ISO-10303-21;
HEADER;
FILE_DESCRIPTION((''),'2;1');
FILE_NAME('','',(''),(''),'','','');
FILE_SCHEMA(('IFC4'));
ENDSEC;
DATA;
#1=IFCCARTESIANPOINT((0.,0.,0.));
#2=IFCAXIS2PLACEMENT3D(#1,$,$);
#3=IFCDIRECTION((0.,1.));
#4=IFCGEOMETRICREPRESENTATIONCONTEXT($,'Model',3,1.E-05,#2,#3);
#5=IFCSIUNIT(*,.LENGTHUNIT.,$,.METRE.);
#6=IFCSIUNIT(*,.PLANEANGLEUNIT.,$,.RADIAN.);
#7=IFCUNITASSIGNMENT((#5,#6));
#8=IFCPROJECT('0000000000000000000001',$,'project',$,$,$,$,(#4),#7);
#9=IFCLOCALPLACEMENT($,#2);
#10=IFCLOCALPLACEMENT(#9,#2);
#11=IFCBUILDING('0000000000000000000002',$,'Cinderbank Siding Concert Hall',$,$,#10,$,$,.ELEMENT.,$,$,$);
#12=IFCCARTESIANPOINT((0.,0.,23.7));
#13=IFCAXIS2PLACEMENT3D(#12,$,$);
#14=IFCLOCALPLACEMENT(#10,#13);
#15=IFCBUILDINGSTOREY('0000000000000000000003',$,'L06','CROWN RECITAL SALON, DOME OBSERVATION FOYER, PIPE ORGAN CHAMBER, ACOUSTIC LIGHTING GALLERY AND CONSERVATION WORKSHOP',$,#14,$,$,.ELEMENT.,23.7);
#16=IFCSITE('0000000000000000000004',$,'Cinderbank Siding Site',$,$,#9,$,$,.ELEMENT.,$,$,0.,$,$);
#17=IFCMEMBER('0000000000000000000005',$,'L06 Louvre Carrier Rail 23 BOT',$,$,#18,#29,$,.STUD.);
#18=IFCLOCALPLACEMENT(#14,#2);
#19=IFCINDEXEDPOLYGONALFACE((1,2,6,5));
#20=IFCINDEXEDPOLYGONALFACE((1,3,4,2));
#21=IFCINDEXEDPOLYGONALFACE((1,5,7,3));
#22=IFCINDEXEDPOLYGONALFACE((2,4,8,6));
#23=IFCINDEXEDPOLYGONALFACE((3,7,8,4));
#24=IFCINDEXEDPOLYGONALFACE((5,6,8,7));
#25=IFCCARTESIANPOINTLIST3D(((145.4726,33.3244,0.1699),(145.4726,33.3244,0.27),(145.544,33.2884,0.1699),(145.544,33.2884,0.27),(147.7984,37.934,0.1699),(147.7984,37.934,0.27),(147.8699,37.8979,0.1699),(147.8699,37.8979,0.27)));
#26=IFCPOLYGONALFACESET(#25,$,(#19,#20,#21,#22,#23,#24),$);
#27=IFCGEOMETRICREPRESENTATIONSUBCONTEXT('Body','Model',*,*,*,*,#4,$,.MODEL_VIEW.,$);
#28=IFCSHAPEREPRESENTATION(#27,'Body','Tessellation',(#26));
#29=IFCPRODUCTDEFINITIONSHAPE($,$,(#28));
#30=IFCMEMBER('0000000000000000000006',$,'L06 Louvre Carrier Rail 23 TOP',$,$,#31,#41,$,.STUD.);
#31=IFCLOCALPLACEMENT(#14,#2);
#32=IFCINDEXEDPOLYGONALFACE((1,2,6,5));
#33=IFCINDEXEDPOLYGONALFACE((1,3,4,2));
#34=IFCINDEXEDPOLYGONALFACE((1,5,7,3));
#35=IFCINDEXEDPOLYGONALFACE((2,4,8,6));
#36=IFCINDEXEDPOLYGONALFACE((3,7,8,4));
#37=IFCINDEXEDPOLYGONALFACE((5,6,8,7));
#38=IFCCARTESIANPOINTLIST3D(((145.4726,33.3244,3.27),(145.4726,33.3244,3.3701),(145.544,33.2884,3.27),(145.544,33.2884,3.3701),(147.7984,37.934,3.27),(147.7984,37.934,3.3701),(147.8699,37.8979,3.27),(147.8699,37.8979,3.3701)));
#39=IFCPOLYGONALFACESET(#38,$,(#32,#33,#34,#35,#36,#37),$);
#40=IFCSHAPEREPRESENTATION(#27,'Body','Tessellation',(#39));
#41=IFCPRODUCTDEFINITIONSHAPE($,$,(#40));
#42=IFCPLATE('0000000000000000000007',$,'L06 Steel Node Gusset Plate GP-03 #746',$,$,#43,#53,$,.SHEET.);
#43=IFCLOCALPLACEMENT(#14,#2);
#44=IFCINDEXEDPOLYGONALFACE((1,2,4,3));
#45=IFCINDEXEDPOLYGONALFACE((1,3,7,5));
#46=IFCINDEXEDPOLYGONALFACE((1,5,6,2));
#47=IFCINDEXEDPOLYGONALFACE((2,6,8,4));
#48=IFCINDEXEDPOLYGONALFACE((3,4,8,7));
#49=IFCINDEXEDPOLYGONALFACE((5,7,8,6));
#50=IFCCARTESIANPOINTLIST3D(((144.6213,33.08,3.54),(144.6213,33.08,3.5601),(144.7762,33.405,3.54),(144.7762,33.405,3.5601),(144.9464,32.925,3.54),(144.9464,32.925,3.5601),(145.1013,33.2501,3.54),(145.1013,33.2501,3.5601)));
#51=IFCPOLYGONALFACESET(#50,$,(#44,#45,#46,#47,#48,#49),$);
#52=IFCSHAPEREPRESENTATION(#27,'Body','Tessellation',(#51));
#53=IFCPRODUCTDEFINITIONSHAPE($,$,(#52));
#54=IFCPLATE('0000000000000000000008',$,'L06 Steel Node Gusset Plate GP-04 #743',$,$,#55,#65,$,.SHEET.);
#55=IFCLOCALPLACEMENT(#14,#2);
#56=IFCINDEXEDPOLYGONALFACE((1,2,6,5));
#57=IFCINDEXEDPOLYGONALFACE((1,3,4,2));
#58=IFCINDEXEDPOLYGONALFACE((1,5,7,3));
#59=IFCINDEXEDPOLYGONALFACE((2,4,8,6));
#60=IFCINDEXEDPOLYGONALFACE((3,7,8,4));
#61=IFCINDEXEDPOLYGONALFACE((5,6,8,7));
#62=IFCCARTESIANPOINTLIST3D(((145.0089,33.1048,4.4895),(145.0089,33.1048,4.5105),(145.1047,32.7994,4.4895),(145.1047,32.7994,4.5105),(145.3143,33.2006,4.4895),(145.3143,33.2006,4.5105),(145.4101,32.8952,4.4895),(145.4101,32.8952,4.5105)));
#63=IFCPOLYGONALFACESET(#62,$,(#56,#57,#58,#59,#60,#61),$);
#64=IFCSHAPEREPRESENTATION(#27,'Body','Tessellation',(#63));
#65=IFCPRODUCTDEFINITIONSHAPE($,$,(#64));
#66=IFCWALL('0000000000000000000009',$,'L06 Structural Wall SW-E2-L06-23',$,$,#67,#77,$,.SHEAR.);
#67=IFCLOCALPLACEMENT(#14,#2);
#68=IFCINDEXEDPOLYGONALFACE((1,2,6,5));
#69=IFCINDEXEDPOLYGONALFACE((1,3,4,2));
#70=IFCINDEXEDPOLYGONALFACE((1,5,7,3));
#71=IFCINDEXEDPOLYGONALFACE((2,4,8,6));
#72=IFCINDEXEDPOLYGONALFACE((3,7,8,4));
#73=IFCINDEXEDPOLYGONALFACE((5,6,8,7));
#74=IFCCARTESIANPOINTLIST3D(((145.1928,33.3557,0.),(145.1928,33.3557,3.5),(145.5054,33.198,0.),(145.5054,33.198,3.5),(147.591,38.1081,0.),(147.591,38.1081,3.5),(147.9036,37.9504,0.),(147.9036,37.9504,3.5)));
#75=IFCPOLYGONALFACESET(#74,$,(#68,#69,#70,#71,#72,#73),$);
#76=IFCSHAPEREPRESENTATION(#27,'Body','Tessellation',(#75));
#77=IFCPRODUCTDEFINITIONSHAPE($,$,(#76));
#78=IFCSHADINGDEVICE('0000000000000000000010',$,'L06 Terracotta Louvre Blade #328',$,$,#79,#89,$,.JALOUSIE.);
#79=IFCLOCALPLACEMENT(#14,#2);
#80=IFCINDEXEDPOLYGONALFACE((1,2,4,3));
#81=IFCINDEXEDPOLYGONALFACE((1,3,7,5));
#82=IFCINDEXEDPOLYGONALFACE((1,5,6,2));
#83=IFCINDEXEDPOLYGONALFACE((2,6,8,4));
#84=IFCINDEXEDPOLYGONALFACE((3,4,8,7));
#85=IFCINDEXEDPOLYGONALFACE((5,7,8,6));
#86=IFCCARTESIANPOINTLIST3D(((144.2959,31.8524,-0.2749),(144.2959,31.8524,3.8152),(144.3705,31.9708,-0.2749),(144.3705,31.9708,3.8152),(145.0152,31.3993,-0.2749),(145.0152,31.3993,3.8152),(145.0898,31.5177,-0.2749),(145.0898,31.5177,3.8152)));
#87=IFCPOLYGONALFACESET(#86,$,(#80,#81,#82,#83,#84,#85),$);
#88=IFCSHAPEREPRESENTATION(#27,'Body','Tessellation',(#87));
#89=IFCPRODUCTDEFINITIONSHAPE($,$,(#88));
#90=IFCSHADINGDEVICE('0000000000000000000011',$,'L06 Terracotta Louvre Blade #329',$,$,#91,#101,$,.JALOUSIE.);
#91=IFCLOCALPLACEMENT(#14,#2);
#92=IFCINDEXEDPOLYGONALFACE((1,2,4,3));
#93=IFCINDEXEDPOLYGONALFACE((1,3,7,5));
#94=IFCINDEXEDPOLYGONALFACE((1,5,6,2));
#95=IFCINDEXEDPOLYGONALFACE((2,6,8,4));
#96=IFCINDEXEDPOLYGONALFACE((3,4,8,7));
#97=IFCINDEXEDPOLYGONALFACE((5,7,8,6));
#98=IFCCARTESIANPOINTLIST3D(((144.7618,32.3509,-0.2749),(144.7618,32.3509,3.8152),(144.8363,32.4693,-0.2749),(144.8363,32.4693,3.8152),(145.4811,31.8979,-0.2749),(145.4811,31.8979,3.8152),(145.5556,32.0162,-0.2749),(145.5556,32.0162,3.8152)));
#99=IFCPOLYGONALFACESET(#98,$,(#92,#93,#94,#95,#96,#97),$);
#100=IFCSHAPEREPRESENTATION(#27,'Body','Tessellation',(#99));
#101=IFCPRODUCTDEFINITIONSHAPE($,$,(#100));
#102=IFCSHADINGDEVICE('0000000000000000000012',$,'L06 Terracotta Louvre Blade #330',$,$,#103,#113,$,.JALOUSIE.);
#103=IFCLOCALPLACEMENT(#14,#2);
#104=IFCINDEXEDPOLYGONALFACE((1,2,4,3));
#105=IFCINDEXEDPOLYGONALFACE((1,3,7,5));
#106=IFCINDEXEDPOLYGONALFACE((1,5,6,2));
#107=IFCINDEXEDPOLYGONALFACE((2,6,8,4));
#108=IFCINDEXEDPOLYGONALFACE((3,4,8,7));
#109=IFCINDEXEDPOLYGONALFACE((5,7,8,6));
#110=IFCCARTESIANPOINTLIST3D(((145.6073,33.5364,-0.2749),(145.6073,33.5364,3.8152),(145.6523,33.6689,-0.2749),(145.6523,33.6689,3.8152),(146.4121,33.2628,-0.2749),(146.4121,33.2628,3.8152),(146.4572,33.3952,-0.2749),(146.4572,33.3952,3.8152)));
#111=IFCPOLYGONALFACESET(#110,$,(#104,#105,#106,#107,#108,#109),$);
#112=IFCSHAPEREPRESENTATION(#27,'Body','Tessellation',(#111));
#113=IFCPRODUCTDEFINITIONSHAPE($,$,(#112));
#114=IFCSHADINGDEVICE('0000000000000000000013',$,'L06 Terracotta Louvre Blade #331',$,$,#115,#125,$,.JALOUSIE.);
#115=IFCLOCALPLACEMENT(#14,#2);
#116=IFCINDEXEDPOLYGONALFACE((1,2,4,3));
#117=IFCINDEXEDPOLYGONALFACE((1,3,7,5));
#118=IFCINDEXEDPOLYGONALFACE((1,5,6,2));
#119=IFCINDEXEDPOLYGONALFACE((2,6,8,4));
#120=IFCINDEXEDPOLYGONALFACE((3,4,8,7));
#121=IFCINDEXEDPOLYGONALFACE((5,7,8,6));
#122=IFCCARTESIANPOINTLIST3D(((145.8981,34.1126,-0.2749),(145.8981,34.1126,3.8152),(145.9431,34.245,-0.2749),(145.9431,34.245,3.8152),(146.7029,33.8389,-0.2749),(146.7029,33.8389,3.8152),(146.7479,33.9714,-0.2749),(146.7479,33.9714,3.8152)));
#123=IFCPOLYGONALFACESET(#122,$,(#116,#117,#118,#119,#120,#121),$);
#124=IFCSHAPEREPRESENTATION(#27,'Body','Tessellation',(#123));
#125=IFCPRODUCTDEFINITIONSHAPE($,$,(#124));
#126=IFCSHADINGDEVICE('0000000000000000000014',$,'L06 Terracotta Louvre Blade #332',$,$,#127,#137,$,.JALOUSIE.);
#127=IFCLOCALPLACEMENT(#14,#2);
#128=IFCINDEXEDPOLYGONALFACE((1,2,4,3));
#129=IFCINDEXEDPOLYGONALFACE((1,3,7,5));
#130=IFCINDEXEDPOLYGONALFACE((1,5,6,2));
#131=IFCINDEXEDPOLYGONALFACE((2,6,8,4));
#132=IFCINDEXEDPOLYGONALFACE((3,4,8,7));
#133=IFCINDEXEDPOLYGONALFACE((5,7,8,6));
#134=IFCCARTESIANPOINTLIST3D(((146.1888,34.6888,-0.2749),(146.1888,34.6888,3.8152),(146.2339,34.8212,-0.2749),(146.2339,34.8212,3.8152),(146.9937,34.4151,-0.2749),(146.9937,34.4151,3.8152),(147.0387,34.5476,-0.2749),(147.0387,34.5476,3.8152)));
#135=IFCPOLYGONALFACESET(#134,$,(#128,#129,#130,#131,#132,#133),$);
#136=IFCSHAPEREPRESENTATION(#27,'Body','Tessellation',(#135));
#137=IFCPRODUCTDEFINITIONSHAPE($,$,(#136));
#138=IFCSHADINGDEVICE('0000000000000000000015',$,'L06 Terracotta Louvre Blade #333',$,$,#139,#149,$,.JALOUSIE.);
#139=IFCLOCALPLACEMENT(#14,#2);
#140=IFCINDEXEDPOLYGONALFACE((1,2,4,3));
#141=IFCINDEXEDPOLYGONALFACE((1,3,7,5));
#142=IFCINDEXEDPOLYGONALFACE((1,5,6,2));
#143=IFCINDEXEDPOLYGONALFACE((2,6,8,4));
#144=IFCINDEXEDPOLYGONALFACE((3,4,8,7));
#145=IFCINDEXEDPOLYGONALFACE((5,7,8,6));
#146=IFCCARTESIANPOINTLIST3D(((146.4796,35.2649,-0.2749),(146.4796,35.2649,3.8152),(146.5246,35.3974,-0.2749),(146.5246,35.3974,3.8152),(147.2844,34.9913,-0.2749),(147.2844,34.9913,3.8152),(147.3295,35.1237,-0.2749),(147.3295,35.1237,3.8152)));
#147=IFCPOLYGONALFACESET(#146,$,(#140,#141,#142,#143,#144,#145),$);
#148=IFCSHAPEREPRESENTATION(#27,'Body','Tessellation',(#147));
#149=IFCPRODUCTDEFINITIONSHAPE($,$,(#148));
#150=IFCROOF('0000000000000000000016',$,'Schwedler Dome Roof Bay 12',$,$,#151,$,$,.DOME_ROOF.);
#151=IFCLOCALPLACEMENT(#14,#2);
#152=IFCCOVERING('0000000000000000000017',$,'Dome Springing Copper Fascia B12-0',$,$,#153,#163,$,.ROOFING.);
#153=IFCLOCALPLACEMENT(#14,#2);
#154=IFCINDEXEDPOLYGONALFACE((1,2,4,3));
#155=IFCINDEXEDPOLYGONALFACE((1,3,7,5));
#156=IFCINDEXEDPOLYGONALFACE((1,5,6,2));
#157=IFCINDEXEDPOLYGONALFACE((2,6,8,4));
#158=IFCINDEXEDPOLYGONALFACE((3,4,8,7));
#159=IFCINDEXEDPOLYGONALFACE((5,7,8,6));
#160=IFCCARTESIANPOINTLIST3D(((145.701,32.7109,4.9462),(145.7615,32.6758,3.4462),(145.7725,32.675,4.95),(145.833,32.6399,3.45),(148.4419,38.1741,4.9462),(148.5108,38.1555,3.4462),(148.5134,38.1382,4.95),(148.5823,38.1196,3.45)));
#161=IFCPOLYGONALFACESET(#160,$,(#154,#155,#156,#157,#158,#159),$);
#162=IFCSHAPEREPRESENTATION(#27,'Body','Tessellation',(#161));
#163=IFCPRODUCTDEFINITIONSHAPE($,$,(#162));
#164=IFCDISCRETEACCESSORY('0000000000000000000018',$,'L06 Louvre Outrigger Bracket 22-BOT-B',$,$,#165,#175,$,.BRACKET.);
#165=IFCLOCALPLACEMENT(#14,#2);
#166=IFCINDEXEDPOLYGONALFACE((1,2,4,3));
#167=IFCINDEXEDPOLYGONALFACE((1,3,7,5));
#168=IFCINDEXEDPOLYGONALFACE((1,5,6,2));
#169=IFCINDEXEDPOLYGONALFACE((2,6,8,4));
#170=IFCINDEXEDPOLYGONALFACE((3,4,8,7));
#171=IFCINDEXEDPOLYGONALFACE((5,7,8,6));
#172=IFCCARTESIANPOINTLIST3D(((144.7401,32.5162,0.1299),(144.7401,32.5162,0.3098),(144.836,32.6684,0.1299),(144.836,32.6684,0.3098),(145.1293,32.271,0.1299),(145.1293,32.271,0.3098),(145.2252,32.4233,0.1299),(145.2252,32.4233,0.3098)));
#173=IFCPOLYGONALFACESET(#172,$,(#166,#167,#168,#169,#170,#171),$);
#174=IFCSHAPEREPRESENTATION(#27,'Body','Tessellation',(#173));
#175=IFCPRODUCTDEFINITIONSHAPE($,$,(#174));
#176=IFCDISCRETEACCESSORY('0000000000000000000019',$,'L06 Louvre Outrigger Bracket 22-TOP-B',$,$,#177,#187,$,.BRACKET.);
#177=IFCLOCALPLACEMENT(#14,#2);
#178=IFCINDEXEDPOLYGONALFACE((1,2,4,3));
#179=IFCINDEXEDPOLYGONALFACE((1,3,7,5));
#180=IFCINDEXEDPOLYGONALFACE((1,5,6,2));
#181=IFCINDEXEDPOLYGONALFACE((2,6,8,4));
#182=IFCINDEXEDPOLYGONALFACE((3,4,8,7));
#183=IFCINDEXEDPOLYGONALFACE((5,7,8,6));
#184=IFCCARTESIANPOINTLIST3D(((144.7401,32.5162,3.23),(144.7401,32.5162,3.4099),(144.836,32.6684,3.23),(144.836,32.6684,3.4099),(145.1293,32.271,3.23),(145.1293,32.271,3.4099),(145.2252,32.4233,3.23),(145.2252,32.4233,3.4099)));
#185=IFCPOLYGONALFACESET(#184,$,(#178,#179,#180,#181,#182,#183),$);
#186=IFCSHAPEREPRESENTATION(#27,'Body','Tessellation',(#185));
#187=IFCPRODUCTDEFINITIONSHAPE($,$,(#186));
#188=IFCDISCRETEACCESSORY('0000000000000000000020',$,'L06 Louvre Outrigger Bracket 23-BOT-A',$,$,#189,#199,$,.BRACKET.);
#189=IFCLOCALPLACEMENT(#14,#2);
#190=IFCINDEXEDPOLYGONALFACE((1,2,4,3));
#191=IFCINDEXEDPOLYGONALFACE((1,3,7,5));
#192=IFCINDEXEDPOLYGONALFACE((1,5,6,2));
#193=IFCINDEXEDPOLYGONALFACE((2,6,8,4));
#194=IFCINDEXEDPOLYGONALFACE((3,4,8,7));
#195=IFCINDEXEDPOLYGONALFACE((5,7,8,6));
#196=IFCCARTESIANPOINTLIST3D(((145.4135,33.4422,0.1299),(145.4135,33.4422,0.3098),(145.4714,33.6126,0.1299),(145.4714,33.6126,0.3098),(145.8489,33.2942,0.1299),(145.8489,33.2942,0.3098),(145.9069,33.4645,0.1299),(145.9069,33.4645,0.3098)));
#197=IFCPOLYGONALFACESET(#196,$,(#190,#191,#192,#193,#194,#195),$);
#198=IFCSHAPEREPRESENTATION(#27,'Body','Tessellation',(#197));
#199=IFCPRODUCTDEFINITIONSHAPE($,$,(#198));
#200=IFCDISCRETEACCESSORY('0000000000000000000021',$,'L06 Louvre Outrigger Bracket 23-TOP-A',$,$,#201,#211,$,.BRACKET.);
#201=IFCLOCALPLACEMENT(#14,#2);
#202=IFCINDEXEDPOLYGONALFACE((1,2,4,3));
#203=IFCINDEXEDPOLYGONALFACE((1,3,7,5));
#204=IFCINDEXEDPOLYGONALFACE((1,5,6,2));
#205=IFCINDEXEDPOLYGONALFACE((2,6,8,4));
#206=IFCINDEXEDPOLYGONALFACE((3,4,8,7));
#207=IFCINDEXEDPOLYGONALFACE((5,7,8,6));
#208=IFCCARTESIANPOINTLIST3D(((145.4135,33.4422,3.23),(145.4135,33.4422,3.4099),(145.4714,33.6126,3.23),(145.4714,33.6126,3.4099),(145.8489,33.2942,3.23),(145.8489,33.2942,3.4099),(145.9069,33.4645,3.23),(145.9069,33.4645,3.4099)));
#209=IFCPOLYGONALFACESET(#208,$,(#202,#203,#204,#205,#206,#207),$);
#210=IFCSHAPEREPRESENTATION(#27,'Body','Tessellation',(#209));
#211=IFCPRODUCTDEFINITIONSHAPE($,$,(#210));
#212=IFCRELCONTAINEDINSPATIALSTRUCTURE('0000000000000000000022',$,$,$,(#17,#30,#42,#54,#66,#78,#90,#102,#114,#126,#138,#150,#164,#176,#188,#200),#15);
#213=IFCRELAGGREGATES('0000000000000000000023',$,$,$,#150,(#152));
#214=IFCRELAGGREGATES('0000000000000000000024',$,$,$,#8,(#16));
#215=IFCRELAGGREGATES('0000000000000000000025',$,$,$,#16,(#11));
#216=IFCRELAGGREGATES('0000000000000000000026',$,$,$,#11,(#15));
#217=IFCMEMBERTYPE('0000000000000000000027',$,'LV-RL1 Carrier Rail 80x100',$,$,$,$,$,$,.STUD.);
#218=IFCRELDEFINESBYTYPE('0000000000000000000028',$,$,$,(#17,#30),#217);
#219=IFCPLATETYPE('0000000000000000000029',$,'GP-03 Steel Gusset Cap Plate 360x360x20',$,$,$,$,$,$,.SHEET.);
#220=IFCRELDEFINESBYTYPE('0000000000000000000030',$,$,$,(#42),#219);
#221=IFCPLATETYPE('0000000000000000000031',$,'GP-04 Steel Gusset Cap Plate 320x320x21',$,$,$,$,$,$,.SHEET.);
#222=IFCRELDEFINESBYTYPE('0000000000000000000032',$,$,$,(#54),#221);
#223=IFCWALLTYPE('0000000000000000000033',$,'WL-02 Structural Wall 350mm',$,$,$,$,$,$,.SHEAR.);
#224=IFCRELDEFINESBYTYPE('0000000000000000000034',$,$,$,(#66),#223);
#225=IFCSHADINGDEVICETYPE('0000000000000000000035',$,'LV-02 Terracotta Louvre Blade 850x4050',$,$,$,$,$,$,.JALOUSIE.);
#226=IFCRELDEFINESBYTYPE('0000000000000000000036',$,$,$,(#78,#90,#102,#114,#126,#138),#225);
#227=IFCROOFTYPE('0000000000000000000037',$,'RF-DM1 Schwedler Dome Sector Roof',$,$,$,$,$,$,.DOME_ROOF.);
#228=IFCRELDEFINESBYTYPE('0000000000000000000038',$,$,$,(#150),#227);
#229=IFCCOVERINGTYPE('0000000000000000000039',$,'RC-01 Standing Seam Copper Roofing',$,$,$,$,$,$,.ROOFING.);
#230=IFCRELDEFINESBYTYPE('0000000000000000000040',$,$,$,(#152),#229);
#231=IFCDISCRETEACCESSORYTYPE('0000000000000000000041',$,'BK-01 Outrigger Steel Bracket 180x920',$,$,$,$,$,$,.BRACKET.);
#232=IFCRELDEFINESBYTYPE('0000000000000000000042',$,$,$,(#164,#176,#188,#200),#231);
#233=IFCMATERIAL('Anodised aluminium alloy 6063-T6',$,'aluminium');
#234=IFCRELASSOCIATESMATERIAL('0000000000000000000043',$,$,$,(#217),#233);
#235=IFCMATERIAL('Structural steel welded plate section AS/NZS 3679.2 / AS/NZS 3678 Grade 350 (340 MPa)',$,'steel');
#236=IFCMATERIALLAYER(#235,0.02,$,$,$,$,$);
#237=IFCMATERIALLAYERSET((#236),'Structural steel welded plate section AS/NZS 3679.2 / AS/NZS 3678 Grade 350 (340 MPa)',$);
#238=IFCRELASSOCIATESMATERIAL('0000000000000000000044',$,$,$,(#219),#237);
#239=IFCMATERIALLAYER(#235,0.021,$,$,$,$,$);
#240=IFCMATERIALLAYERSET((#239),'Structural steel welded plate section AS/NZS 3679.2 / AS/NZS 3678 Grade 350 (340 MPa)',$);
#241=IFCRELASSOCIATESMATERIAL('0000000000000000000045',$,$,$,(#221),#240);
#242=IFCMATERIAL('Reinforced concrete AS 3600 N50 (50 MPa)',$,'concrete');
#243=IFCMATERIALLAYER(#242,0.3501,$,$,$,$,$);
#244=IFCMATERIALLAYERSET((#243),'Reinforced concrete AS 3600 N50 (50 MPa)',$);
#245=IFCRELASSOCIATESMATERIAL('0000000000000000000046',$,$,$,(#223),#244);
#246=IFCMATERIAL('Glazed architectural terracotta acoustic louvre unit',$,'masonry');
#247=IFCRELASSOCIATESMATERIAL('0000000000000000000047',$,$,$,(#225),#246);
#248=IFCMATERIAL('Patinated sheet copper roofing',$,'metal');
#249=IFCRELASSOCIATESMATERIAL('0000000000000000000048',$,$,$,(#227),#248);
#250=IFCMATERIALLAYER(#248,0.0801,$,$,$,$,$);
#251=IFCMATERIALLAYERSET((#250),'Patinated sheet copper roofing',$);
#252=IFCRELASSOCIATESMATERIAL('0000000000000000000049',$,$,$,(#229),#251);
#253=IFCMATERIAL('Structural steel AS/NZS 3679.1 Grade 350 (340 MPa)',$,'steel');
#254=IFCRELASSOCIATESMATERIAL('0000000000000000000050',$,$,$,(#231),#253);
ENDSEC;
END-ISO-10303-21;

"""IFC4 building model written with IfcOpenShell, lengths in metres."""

from ifc_helpers import new_model, si_unit, direction, frame, frame_2d, origin, origin_2d, place, context, subcontext, project, spatial, polyline, rectangle, outline, extrude, material, layer, layer_set, material_profile, profile_set, type_object, element, aggregate, save


model = new_model("IFC4")

# Units and contexts
model_context = context("Model", 3, precision=1e-05, world=origin(), true_north=direction((0.0, 1.0)))
body_context = subcontext(model_context, "Body", "Model", "MODEL_VIEW")
ifc_project = project(units=[si_unit("LENGTHUNIT", "METRE"), si_unit("PLANEANGLEUNIT", "RADIAN")], contexts=[model_context])

# Site, building, storey
site_placement = place(None, origin())
site = spatial("IfcSite", under=ifc_project, at=site_placement, Name="Cinderbank Siding Site", CompositionType="ELEMENT", RefElevation=0.0)
building_placement = place(site_placement, origin())
building = spatial("IfcBuilding", under=site, at=building_placement, Name="Cinderbank Siding Concert Hall", CompositionType="ELEMENT")
storey_placement = place(building_placement, frame((0.0, 0.0, 23.7)))
storey = spatial("IfcBuildingStorey", under=building, at=storey_placement, Name="L06", Description="CROWN RECITAL SALON, DOME OBSERVATION FOYER, PIPE ORGAN CHAMBER, ACOUSTIC LIGHTING GALLERY AND CONSERVATION WORKSHOP", CompositionType="ELEMENT", Elevation=23.7)

# Shared definitions
ifc_material_1 = material(Name="Reinforced concrete AS 3600 N50 (50 MPa)", Category="concrete")

# Shared definitions
ifc_material_2 = material(Name="Structural steel welded plate section AS/NZS 3679.2 / AS/NZS 3678 Grade 350 (340 MPa)", Category="steel")

# Members
ifc_material_3 = material(Name="Anodised aluminium alloy 6063-T6", Category="aluminium")
ifc_material_profile_1 = material_profile(ifc_material_3, rectangle(XDim=0.0801, YDim=0.1001, at=origin_2d()), Name="ALU-RAIL-80x100", Category="LoadBearing")
ifc_profile_set_1 = profile_set([ifc_material_profile_1], Name="Anodised aluminium alloy 6063-T6")
member_type_1 = type_object("IfcMemberType", Name="LV-RL1 Carrier Rail 80x100", PredefinedType="STUD", material=ifc_profile_set_1)
for number, where, z_axis, x_axis, name in (
    (1, (145.5083, 33.3064, 0.22), (0.450483, 0.892785, 0.0), (-0.892785, 0.450483, 0.0), "L06 Louvre Carrier Rail 23 BOT"),
    (2, (145.5083, 33.3064, 3.3201), (0.450483, 0.892785, 0.0), (-0.892785, 0.450483, 0.0), "L06 Louvre Carrier Rail 23 TOP"),
):
    element("IfcMember", number, at=place(storey_placement, frame(where, z_axis=z_axis, x_axis=x_axis)), inside=storey, type_object=member_type_1, Name=name, PredefinedType="STUD", context=body_context, shape_type="SweptSolid", body=[
        extrude(rectangle(XDim=0.0801, YDim=0.1001, at=origin_2d()), origin(), (0.0, 0.0, 1.0), 5.1631),
    ])

# Plates
ifc_layer_1 = layer(ifc_material_2, 0.02)
ifc_layer_set_1 = layer_set([ifc_layer_1], Name="Structural steel welded plate section AS/NZS 3679.2 / AS/NZS 3678 Grade 350 (340 MPa)")
plate_type_1 = type_object("IfcPlateType", Name="GP-03 Steel Gusset Cap Plate 360x360x20", PredefinedType="SHEET", material=ifc_layer_set_1)
plate_1_placement = place(storey_placement, frame((144.8613, 33.165, 3.54), z_axis=(0.0, 0.0, 1.0), x_axis=(-0.902736, 0.430196, 0.0)))
element("IfcPlate", 3, at=plate_1_placement, inside=storey, type_object=plate_type_1, Name="L06 Steel Node Gusset Plate GP-03 #746", PredefinedType="SHEET", context=body_context, shape_type="SweptSolid", body=[
    extrude(rectangle(XDim=0.3601, YDim=0.3601, at=origin_2d()), origin(), (0.0, 0.0, 1.0), 0.02),
])
ifc_layer_2 = layer(ifc_material_2, 0.021)
ifc_layer_set_2 = layer_set([ifc_layer_2], Name="Structural steel welded plate section AS/NZS 3679.2 / AS/NZS 3678 Grade 350 (340 MPa)")
plate_type_2 = type_object("IfcPlateType", Name="GP-04 Steel Gusset Cap Plate 320x320x21", PredefinedType="SHEET", material=ifc_layer_set_2)
plate_2_placement = place(storey_placement, frame((145.2095, 33.0, 4.4895), z_axis=(0.0, 0.0, 1.0), x_axis=(-0.954188, -0.299207, 0.0)))
element("IfcPlate", 4, at=plate_2_placement, inside=storey, type_object=plate_type_2, Name="L06 Steel Node Gusset Plate GP-04 #743", PredefinedType="SHEET", context=body_context, shape_type="SweptSolid", body=[
    extrude(rectangle(XDim=0.3201, YDim=0.3201, at=origin_2d()), origin(), (0.0, 0.0, 1.0), 0.021),
])

# Wall
ifc_layer_3 = layer(ifc_material_1, 0.3501)
ifc_layer_set_3 = layer_set([ifc_layer_3], Name="Reinforced concrete AS 3600 N50 (50 MPa)")
wall_type = type_object("IfcWallType", Name="WL-02 Structural Wall 350mm", PredefinedType="SHEAR", material=ifc_layer_set_3)
wall_placement = place(storey_placement, frame((145.3491, 33.2769, 0.0), z_axis=(0.0, 0.0, 1.0), x_axis=(0.450513, 0.89277, 0.0)))
element("IfcWall", 5, at=wall_placement, inside=storey, type_object=wall_type, Name="L06 Structural Wall SW-E2-L06-23", PredefinedType="SHEAR", context=body_context, shape_type="SweptSolid", body=[
    extrude(rectangle(XDim=5.3232, YDim=0.3501, at=frame_2d((2.6616, 0.0))), origin(), (0.0, 0.0, 1.0), 3.5),
])

# Shading devices
ifc_material_4 = material(Name="Glazed architectural terracotta acoustic louvre unit", Category="masonry")
shading_device_type = type_object("IfcShadingDeviceType", Name="LV-02 Terracotta Louvre Blade 850x4050", PredefinedType="JALOUSIE", material=ifc_material_4)
for number, where, z_axis, x_axis, name in (
    (6, (144.6929, 31.6851, -0.2749), (0.0, 0.0, 1.0), (0.846132, -0.532973, 0.0), "L06 Terracotta Louvre Blade #328"),
    (7, (145.1587, 32.1836, -0.2749), (0.0, 0.0, 1.0), (0.846132, -0.532973, 0.0), "L06 Terracotta Louvre Blade #329"),
    (8, (146.0322, 33.4658, -0.2749), (0.0, 0.0, 1.0), (0.946765, -0.321924, 0.0), "L06 Terracotta Louvre Blade #330"),
    (9, (146.323, 34.042, -0.2749), (0.0, 0.0, 1.0), (0.946765, -0.321924, 0.0), "L06 Terracotta Louvre Blade #331"),
    (10, (146.6138, 34.6182, -0.2749), (0.0, 0.0, 1.0), (0.946765, -0.321924, 0.0), "L06 Terracotta Louvre Blade #332"),
    (11, (146.9045, 35.1943, -0.2749), (0.0, 0.0, 1.0), (0.946765, -0.321924, 0.0), "L06 Terracotta Louvre Blade #333"),
):
    element("IfcShadingDevice", number, at=place(storey_placement, frame(where, z_axis=z_axis, x_axis=x_axis)), inside=storey, type_object=shading_device_type, Name=name, PredefinedType="JALOUSIE", context=body_context, shape_type="SweptSolid", body=[
        extrude(rectangle(XDim=0.8501, YDim=0.1399, at=origin_2d()), origin(), (0.0, 0.0, 1.0), 4.0901),
    ])

# Roof, covering
ifc_material_5 = material(Name="Patinated sheet copper roofing", Category="metal")
roof_type = type_object("IfcRoofType", Name="RF-DM1 Schwedler Dome Sector Roof", PredefinedType="DOME_ROOF", material=ifc_material_5)
roof_placement = place(storey_placement, origin())
roof = element("IfcRoof", 12, at=roof_placement, inside=storey, type_object=roof_type, Name="Schwedler Dome Roof Bay 12", PredefinedType="DOME_ROOF")
ifc_layer_4 = layer(ifc_material_5, 0.0801)
ifc_layer_set_4 = layer_set([ifc_layer_4], Name="Patinated sheet copper roofing")
covering_type = type_object("IfcCoveringType", Name="RC-01 Standing Seam Copper Roofing", PredefinedType="ROOFING", material=ifc_layer_set_4)
covering_placement = place(storey_placement, frame((145.833, 32.6399, 3.45), z_axis=(0.892844, -0.447956, 0.04653), x_axis=(0.448442, 0.893812, 0.0)))
covering = element("IfcCovering", 13, at=covering_placement, type_object=covering_type, Name="Dome Springing Copper Fascia B12-0", PredefinedType="ROOFING", context=body_context, shape_type="SweptSolid", body=[
    extrude(outline(polyline([(0.0, 0.0), (6.1307, 0.0), (6.1165, 1.5016), (0.0043, 1.5016), (0.0, 0.0)])), origin(), (0.0, 0.0, -1.0), 0.0801),
])
aggregate(roof, [covering])

# Discrete accessories
ifc_material_6 = material(Name="Structural steel AS/NZS 3679.1 Grade 350 (340 MPa)", Category="steel")
discrete_accessory_type = type_object("IfcDiscreteAccessoryType", Name="BK-01 Outrigger Steel Bracket 180x920", PredefinedType="BRACKET", material=ifc_material_6)
for number, where, z_axis, x_axis, name in (
    (14, (144.9827, 32.4697, 0.1299), (0.0, 0.0, 1.0), (0.846132, -0.532973, 0.0), "L06 Louvre Outrigger Bracket 22-BOT-B"),
    (15, (144.9827, 32.4697, 3.23), (0.0, 0.0, 1.0), (0.846132, -0.532973, 0.0), "L06 Louvre Outrigger Bracket 22-TOP-B"),
    (16, (145.6602, 33.4534, 0.1299), (0.0, 0.0, 1.0), (0.946765, -0.321924, 0.0), "L06 Louvre Outrigger Bracket 23-BOT-A"),
    (17, (145.6602, 33.4534, 3.23), (0.0, 0.0, 1.0), (0.946765, -0.321924, 0.0), "L06 Louvre Outrigger Bracket 23-TOP-A"),
):
    element("IfcDiscreteAccessory", number, at=place(storey_placement, frame(where, z_axis=z_axis, x_axis=x_axis)), inside=storey, type_object=discrete_accessory_type, Name=name, PredefinedType="BRACKET", context=body_context, shape_type="SweptSolid", body=[
        extrude(rectangle(XDim=0.46, YDim=0.1799, at=origin_2d()), origin(), (0.0, 0.0, 1.0), 0.1799),
    ])

save(model, "model.ifc")
